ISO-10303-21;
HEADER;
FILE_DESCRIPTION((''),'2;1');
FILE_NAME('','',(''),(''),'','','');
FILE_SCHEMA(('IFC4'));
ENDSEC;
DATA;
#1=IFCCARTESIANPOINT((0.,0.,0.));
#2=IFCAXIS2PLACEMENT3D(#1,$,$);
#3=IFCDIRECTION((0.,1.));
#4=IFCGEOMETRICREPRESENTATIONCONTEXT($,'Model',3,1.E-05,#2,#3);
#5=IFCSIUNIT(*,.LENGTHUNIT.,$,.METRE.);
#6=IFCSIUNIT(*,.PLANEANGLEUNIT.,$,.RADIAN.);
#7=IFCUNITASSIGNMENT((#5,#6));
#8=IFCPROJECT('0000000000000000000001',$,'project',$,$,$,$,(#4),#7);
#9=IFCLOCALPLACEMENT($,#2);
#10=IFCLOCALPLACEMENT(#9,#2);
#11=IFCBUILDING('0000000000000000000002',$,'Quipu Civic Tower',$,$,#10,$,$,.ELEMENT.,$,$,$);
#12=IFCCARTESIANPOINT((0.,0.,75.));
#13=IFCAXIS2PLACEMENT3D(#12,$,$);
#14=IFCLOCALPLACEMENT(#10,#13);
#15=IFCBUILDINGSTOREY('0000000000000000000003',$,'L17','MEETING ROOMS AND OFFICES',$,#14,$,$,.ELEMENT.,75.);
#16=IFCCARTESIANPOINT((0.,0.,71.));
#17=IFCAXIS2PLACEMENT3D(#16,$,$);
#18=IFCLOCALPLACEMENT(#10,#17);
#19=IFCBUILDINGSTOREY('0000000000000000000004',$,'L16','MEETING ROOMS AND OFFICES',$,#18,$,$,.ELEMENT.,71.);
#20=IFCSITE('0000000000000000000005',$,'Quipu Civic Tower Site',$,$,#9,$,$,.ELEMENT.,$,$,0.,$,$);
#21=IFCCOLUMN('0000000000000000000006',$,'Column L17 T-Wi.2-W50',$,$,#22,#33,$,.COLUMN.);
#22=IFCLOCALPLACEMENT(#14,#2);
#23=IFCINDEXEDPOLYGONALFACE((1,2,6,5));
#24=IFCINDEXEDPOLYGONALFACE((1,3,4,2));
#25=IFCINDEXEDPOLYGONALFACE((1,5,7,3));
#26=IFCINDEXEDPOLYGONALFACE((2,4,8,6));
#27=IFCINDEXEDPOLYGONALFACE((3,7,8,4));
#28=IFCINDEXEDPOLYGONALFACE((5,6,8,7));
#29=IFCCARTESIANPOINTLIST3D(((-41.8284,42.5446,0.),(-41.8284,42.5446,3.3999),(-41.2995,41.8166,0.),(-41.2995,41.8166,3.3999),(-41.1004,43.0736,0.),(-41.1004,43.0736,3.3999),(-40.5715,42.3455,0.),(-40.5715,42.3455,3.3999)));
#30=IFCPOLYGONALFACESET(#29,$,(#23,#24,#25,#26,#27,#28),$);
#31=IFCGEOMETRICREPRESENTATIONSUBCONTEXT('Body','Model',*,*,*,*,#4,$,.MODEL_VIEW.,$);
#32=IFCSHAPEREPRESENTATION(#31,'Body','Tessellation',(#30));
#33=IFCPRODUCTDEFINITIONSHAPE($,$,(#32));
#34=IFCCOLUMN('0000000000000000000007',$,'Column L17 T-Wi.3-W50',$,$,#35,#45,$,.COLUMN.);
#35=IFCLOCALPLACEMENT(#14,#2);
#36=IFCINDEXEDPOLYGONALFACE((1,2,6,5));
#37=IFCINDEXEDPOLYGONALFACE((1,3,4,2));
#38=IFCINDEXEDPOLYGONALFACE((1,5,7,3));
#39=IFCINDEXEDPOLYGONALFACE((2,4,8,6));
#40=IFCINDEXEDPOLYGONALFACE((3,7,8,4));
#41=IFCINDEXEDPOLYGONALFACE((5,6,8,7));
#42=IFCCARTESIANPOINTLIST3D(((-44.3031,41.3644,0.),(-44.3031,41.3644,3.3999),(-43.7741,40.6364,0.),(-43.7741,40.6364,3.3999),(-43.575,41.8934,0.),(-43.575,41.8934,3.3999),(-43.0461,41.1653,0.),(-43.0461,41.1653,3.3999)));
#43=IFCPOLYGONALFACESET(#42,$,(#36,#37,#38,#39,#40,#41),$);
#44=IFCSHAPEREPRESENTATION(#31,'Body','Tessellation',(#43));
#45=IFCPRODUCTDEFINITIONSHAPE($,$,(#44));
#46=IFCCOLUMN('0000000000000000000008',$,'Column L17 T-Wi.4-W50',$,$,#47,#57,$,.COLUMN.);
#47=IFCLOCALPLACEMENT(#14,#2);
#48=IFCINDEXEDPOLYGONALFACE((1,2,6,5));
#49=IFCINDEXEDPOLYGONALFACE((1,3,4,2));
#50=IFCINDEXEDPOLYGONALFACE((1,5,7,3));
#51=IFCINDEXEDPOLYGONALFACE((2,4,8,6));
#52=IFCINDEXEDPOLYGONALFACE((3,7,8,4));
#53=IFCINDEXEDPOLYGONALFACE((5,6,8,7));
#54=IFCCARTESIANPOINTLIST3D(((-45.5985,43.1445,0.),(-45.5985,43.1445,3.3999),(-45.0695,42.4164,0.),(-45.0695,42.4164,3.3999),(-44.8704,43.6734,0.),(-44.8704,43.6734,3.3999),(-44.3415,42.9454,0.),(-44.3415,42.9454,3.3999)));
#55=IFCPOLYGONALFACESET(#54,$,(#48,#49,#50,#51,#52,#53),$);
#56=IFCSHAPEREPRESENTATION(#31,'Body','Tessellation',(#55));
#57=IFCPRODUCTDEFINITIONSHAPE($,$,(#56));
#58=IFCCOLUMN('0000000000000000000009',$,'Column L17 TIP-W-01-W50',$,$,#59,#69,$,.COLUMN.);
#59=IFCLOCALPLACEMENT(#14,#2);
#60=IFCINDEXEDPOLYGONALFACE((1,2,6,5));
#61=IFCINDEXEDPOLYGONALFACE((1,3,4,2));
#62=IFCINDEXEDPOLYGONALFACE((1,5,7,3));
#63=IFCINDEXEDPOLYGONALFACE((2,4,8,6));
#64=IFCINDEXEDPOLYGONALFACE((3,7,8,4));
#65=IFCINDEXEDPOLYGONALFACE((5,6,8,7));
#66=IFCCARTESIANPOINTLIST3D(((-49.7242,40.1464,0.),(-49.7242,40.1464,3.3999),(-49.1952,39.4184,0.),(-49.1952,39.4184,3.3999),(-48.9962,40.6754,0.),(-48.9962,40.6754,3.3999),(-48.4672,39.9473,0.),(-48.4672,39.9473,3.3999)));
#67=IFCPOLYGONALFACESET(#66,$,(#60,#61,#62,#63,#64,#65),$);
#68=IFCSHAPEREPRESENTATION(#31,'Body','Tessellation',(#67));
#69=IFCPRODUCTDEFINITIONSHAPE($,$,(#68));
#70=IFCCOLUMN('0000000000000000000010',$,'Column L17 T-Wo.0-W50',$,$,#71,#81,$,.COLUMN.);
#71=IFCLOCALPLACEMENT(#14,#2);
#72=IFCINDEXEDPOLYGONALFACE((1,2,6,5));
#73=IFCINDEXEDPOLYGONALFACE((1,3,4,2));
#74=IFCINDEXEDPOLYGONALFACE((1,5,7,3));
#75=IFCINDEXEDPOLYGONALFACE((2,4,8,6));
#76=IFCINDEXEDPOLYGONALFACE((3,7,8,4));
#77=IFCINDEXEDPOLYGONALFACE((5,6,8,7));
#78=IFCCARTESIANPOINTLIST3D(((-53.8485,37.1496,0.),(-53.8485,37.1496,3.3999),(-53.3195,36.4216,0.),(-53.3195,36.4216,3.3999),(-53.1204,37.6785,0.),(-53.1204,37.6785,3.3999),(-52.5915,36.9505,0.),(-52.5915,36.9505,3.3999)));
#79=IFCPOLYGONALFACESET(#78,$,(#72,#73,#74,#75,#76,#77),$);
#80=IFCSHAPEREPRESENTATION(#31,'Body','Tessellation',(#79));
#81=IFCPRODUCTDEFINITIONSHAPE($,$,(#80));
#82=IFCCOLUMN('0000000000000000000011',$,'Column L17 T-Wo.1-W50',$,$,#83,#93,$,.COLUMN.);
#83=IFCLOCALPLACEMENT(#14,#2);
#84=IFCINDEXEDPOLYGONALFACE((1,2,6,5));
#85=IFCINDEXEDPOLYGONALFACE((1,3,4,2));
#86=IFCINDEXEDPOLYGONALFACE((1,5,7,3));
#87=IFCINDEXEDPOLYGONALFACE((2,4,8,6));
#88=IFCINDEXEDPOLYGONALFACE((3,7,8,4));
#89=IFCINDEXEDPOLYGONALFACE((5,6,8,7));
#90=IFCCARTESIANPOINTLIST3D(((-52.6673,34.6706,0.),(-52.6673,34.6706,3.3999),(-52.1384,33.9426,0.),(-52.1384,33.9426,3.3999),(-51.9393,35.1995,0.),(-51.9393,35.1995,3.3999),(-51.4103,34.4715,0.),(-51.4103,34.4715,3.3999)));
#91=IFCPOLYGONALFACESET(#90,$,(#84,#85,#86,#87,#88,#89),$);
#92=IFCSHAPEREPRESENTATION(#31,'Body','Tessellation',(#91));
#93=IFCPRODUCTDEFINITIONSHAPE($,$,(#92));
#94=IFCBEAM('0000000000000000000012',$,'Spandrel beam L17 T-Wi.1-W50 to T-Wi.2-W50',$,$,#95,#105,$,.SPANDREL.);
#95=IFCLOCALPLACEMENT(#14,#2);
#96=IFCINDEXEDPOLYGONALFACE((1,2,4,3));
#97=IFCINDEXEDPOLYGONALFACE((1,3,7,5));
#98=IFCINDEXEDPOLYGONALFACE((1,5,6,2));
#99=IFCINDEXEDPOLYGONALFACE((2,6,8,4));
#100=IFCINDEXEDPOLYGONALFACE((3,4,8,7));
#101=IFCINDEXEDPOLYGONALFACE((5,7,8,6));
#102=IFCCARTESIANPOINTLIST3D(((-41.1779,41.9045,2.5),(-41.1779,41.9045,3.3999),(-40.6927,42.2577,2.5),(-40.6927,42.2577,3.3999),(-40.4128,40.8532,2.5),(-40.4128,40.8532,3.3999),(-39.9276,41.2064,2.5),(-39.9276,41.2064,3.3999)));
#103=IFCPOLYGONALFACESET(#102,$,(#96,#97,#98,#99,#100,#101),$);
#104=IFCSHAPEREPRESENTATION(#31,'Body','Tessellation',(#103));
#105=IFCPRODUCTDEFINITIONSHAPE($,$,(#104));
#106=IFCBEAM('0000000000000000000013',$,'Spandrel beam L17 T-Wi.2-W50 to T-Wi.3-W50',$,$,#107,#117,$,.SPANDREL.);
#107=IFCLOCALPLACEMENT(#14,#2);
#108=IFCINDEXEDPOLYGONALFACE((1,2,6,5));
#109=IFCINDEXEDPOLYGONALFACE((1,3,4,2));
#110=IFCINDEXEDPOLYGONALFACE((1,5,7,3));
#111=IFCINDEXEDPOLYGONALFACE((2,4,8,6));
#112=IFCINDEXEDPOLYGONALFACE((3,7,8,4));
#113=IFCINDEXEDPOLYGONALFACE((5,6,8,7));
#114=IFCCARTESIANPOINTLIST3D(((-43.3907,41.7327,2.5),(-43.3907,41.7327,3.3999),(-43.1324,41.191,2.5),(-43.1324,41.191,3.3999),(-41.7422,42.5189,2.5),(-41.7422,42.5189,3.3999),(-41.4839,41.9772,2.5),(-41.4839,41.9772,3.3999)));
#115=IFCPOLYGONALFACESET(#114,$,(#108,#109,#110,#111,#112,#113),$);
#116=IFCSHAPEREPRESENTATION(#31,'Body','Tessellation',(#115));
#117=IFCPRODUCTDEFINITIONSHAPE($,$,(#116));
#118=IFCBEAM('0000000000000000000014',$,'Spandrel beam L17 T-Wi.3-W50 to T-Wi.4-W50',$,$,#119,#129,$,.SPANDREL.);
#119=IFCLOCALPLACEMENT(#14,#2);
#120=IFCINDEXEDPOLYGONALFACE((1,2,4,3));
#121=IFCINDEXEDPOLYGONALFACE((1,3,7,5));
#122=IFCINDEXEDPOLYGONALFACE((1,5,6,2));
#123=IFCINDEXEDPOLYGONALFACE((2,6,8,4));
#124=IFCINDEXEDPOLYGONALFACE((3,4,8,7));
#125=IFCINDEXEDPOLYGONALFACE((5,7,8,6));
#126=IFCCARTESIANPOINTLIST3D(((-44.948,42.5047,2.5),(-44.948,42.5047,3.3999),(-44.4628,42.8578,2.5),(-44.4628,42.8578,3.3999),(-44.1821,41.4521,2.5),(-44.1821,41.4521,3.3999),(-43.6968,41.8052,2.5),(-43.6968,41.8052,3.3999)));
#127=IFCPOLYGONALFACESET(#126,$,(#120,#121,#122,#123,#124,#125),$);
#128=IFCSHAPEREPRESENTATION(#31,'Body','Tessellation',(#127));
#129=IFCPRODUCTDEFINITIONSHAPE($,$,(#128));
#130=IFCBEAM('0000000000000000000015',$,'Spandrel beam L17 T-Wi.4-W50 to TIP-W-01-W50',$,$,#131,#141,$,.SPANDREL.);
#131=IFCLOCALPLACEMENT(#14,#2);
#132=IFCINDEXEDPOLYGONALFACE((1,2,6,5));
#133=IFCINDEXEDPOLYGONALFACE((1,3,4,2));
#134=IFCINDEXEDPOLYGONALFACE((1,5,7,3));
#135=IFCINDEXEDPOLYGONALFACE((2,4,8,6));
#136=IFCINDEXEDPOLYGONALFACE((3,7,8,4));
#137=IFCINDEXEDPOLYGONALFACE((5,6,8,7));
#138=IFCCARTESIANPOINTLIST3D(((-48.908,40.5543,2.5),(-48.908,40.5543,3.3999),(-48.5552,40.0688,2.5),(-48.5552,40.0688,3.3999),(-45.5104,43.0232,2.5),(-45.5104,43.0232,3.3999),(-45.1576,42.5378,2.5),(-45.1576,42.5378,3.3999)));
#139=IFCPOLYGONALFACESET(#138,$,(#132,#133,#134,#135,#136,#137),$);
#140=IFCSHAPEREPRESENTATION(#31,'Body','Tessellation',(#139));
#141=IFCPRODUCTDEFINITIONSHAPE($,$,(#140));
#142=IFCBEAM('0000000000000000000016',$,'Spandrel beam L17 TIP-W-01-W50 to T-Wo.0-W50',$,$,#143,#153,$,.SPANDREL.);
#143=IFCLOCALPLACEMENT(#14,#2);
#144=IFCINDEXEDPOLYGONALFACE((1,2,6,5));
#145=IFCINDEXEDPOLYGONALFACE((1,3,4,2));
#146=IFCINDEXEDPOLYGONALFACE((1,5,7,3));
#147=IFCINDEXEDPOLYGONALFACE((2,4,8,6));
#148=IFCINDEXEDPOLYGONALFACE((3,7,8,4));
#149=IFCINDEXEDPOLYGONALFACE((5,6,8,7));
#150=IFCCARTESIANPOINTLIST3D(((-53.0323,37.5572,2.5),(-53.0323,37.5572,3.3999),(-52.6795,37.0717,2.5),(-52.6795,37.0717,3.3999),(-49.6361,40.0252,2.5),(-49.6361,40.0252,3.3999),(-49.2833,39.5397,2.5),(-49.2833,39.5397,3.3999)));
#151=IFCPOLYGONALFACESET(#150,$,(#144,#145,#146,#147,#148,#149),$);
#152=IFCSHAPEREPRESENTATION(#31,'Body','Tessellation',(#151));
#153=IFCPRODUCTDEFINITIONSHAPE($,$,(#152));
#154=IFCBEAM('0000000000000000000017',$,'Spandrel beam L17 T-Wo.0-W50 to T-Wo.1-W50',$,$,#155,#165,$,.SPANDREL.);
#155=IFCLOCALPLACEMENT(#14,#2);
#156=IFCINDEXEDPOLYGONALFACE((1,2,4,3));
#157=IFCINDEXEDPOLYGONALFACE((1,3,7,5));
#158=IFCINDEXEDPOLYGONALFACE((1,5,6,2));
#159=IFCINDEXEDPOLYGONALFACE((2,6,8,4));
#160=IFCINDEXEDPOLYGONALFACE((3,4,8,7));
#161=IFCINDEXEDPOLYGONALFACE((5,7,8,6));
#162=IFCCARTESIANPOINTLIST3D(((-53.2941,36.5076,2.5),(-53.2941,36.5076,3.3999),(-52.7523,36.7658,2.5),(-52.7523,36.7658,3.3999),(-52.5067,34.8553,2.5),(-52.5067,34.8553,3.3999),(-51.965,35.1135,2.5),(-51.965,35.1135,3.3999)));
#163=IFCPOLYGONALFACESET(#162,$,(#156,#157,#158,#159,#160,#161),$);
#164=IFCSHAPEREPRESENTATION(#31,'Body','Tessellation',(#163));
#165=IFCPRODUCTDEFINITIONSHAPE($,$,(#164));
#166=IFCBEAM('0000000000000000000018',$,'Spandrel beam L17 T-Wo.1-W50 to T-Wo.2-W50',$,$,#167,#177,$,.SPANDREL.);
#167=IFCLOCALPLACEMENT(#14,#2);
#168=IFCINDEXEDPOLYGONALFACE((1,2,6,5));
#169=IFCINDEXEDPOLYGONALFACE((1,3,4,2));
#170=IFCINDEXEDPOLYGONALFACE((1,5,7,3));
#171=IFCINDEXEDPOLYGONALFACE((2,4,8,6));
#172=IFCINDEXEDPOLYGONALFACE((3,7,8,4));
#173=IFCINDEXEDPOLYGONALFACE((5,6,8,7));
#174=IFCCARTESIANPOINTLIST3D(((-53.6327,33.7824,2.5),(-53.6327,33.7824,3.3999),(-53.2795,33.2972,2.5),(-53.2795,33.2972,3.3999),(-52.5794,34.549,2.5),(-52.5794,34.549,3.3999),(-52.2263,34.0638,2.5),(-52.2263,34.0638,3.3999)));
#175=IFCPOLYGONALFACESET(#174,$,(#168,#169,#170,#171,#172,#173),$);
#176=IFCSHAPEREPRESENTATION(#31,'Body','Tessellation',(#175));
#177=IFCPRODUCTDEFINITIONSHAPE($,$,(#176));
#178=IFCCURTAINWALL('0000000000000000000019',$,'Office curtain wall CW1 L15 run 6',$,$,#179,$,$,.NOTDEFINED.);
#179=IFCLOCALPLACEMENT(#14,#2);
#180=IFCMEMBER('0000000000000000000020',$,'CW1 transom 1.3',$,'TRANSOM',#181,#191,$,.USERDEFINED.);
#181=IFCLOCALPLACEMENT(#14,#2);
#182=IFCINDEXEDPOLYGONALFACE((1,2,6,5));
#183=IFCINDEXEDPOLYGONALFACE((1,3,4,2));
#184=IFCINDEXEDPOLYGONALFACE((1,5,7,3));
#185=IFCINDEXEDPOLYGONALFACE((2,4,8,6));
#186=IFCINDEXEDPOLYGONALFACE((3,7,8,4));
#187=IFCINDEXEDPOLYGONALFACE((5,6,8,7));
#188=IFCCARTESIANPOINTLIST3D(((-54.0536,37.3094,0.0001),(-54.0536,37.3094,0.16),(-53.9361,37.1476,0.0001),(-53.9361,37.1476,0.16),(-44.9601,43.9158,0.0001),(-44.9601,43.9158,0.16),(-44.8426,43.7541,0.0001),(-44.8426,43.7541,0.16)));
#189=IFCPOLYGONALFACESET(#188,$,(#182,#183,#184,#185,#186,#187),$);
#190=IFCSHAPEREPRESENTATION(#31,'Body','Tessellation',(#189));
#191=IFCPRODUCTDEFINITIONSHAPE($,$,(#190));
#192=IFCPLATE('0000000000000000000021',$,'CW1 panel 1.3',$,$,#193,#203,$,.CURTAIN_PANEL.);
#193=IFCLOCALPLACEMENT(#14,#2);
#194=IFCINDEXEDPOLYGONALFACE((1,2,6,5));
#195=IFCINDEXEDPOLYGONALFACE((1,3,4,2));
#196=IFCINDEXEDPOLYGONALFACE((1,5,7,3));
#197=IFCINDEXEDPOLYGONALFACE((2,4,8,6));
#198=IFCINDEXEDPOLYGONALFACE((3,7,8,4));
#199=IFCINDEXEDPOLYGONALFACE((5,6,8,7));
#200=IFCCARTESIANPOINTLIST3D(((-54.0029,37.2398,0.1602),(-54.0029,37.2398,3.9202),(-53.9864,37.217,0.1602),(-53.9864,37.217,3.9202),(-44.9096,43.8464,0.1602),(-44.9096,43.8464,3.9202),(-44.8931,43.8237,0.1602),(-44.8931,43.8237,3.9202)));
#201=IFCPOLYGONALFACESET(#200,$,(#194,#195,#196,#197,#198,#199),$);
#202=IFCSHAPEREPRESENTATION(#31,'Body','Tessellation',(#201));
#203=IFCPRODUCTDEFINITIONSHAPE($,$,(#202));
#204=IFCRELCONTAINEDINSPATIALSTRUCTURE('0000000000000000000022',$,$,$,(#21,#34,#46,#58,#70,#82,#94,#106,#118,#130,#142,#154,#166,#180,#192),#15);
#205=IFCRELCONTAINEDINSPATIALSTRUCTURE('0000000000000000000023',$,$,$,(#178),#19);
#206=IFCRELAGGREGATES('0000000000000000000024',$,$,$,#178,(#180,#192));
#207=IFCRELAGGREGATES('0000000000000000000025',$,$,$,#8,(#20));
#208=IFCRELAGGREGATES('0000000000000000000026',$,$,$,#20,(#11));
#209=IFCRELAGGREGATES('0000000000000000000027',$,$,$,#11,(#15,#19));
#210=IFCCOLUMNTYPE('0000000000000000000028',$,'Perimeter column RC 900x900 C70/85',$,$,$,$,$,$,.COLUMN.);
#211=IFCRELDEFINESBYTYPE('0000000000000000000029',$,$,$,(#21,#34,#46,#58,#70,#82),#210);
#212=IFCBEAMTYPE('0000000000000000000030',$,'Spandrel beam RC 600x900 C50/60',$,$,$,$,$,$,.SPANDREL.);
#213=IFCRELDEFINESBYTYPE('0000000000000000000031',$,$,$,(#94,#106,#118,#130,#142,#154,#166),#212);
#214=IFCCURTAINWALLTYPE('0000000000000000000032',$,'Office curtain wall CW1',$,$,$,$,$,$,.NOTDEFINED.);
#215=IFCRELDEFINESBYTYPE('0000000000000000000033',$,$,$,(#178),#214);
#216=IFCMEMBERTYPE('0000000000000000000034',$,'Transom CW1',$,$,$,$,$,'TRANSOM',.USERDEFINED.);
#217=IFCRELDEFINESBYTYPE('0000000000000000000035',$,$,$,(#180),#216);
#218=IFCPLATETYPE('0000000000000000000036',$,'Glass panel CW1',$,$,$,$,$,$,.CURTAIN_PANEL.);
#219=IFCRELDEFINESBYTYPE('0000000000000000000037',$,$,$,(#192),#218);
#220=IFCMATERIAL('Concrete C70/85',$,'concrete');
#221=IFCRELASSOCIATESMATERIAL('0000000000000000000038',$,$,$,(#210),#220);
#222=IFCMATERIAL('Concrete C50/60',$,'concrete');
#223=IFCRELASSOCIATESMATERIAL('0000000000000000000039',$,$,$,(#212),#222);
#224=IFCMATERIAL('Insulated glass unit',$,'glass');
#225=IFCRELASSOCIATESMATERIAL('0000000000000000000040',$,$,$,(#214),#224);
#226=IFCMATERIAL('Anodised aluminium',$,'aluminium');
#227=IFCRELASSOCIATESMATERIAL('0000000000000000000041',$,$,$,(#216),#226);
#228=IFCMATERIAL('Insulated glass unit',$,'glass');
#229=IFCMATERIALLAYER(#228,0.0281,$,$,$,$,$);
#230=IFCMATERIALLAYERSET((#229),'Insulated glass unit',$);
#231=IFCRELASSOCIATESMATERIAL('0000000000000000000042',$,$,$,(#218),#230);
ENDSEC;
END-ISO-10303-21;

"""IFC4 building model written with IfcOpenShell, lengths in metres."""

from ifc_helpers import new_model, si_unit, direction, frame, origin, origin_2d, place, context, subcontext, project, spatial, rectangle, extrude, material, layer, layer_set, material_profile, profile_set, type_object, element, aggregate, save


model = new_model("IFC4")

# Units and contexts
model_context = context("Model", 3, precision=1e-05, world=origin(), true_north=direction((0.0, 1.0)))
body_context = subcontext(model_context, "Body", "Model", "MODEL_VIEW")
ifc_project = project(units=[si_unit("LENGTHUNIT", "METRE"), si_unit("PLANEANGLEUNIT", "RADIAN")], contexts=[model_context])

# Site, building, storey
site_placement = place(None, origin())
site = spatial("IfcSite", under=ifc_project, at=site_placement, Name="Quipu Civic Tower Site", CompositionType="ELEMENT", RefElevation=0.0)
building_placement = place(site_placement, origin())
building = spatial("IfcBuilding", under=site, at=building_placement, Name="Quipu Civic Tower", CompositionType="ELEMENT")
storey_1_placement = place(building_placement, frame((0.0, 0.0, 75.0)))
storey_1 = spatial("IfcBuildingStorey", under=building, at=storey_1_placement, Name="L17", Description="MEETING ROOMS AND OFFICES", CompositionType="ELEMENT", Elevation=75.0)

# Columns
ifc_material_1 = material(Name="Concrete C70/85", Category="concrete")
ifc_material_profile_1 = material_profile(ifc_material_1, rectangle(XDim=0.8999, YDim=0.8999, at=origin_2d()), Name="RC900x900")
ifc_profile_set_1 = profile_set([ifc_material_profile_1], Name="Concrete C70/85")
column_type = type_object("IfcColumnType", Name="Perimeter column RC 900x900 C70/85", PredefinedType="COLUMN", material=ifc_profile_set_1)
for number, where, z_axis, x_axis, name in (
    (1, (-41.2, 42.4451, 0.0), (0.0, 0.0, 1.0), (-0.587785, 0.809017, 0.0), "Column L17 T-Wi.2-W50"),
    (2, (-43.6746, 41.2649, 0.0), (0.0, 0.0, 1.0), (-0.809017, -0.587785, 0.0), "Column L17 T-Wi.3-W50"),
    (3, (-44.97, 43.0449, 0.0), (0.0, 0.0, 1.0), (-0.809017, -0.587785, 0.0), "Column L17 T-Wi.4-W50"),
    (4, (-49.0957, 40.0469, 0.0), (0.0, 0.0, 1.0), (-0.809017, -0.587785, 0.0), "Column L17 TIP-W-01-W50"),
    (5, (-53.22, 37.05, 0.0), (0.0, 0.0, 1.0), (0.587785, -0.809017, 0.0), "Column L17 T-Wo.0-W50"),
    (6, (-52.0388, 34.571, 0.0), (0.0, 0.0, 1.0), (-0.809017, -0.587785, 0.0), "Column L17 T-Wo.1-W50"),
):
    element("IfcColumn", number, at=place(storey_1_placement, frame(where, z_axis=z_axis, x_axis=x_axis)), inside=storey_1, type_object=column_type, Name=name, PredefinedType="COLUMN", context=body_context, shape_type="SweptSolid", body=[
        extrude(rectangle(XDim=0.8999, YDim=0.8999, at=origin_2d()), origin(), (0.0, 0.0, 1.0), 3.3999),
    ])

# Beams
ifc_material_2 = material(Name="Concrete C50/60", Category="concrete")
ifc_material_profile_2 = material_profile(ifc_material_2, rectangle(XDim=0.6001, YDim=0.8999, at=origin_2d()), Name="RC600x900")
ifc_profile_set_2 = profile_set([ifc_material_profile_2], Name="Concrete C50/60")
beam_type = type_object("IfcBeamType", Name="Spandrel beam RC 600x900 C50/60", PredefinedType="SPANDREL", material=ifc_profile_set_2)
beam_1_placement = place(storey_1_placement, frame((-40.1702, 41.0298, 2.95), z_axis=(-0.588462, 0.808525, 0.0), x_axis=(-0.808525, -0.588462, 0.0)))
element("IfcBeam", 7, at=beam_1_placement, inside=storey_1, type_object=beam_type, Name="Spandrel beam L17 T-Wi.1-W50 to T-Wi.2-W50", PredefinedType="SPANDREL", context=body_context, shape_type="SweptSolid", body=[
    extrude(rectangle(XDim=0.6001, YDim=0.8999, at=origin_2d()), origin(), (0.0, 0.0, 1.0), 1.3003),
])
beam_2_placement = place(storey_1_placement, frame((-41.613, 42.248, 2.95), z_axis=(-0.902613, -0.430452, 0.0), x_axis=(0.430452, -0.902613, 0.0)))
element("IfcBeam", 8, at=beam_2_placement, inside=storey_1, type_object=beam_type, Name="Spandrel beam L17 T-Wi.2-W50 to T-Wi.3-W50", PredefinedType="SPANDREL", context=body_context, shape_type="SweptSolid", body=[
    extrude(rectangle(XDim=0.6001, YDim=0.8999, at=origin_2d()), origin(), (0.0, 0.0, 1.0), 1.8264),
])
beam_3_placement = place(storey_1_placement, frame((-43.9395, 41.6287, 2.95), z_axis=(-0.588384, 0.808582, 0.0), x_axis=(-0.808582, -0.588384, 0.0)))
element("IfcBeam", 9, at=beam_3_placement, inside=storey_1, type_object=beam_type, Name="Spandrel beam L17 T-Wi.3-W50 to T-Wi.4-W50", PredefinedType="SPANDREL", context=body_context, shape_type="SweptSolid", body=[
    extrude(rectangle(XDim=0.6001, YDim=0.8999, at=origin_2d()), origin(), (0.0, 0.0, 1.0), 1.3018),
])
beam_4_placement = place(storey_1_placement, frame((-45.334, 42.7805, 2.95), z_axis=(-0.80897, -0.58785, 0.0), x_axis=(0.58785, -0.80897, 0.0)))
element("IfcBeam", 10, at=beam_4_placement, inside=storey_1, type_object=beam_type, Name="Spandrel beam L17 T-Wi.4-W50 to TIP-W-01-W50", PredefinedType="SPANDREL", context=body_context, shape_type="SweptSolid", body=[
    extrude(rectangle(XDim=0.6001, YDim=0.8999, at=origin_2d()), origin(), (0.0, 0.0, 1.0), 4.2),
])
beam_5_placement = place(storey_1_placement, frame((-49.4597, 39.7825, 2.95), z_axis=(-0.80896, -0.587864, 0.0), x_axis=(0.587864, -0.80896, 0.0)))
element("IfcBeam", 11, at=beam_5_placement, inside=storey_1, type_object=beam_type, Name="Spandrel beam L17 TIP-W-01-W50 to T-Wo.0-W50", PredefinedType="SPANDREL", context=body_context, shape_type="SweptSolid", body=[
    extrude(rectangle(XDim=0.6001, YDim=0.8999, at=origin_2d()), origin(), (0.0, 0.0, 1.0), 4.1982),
])
beam_6_placement = place(storey_1_placement, frame((-53.0232, 36.6367, 2.95), z_axis=(0.430167, -0.90275, 0.0), x_axis=(0.90275, 0.430167, 0.0)))
element("IfcBeam", 12, at=beam_6_placement, inside=storey_1, type_object=beam_type, Name="Spandrel beam L17 T-Wo.0-W50 to T-Wo.1-W50", PredefinedType="SPANDREL", context=body_context, shape_type="SweptSolid", body=[
    extrude(rectangle(XDim=0.6001, YDim=0.8999, at=origin_2d()), origin(), (0.0, 0.0, 1.0), 1.8303),
])
beam_7_placement = place(storey_1_placement, frame((-52.4028, 34.3064, 2.95), z_axis=(-0.808509, -0.588484, 0.0), x_axis=(0.588484, -0.808509, 0.0)))
element("IfcBeam", 13, at=beam_7_placement, inside=storey_1, type_object=beam_type, Name="Spandrel beam L17 T-Wo.1-W50 to T-Wo.2-W50", PredefinedType="SPANDREL", context=body_context, shape_type="SweptSolid", body=[
    extrude(rectangle(XDim=0.6001, YDim=0.8999, at=origin_2d()), origin(), (0.0, 0.0, 1.0), 1.3027),
])

# Shared definitions
storey_2_placement = place(building_placement, frame((0.0, 0.0, 71.0)))
storey_2 = spatial("IfcBuildingStorey", under=building, at=storey_2_placement, Name="L16", Description="MEETING ROOMS AND OFFICES", CompositionType="ELEMENT", Elevation=71.0)

# Curtain wall, member, plate
ifc_material_3 = material(Name="Insulated glass unit", Category="glass")
curtain_wall_type = type_object("IfcCurtainWallType", Name="Office curtain wall CW1", PredefinedType="NOTDEFINED", material=ifc_material_3)
curtain_wall_placement = place(storey_2_placement, origin())
curtain_wall = element("IfcCurtainWall", 14, at=curtain_wall_placement, inside=storey_2, type_object=curtain_wall_type, Name="Office curtain wall CW1 L15 run 6", PredefinedType="NOTDEFINED")
ifc_material_4 = material(Name="Anodised aluminium", Category="aluminium")
ifc_material_profile_3 = material_profile(ifc_material_4, rectangle(XDim=0.2, YDim=0.1599, at=origin_2d()), Name="RECT 200x160")
ifc_profile_set_3 = profile_set([ifc_material_profile_3], Name="Anodised aluminium")
member_type = type_object("IfcMemberType", Name="Transom CW1", ElementType="TRANSOM", PredefinedType="USERDEFINED", material=ifc_profile_set_3)
member_placement = place(storey_1_placement, frame((-44.9014, 43.835, 0.0801), z_axis=(-0.809033, -0.587764, 0.0), x_axis=(0.587764, -0.809033, 0.0)))
member = element("IfcMember", 15, at=member_placement, inside=storey_1, type_object=member_type, Name="CW1 transom 1.3", ObjectType="TRANSOM", PredefinedType="USERDEFINED", context=body_context, shape_type="SweptSolid", body=[
    extrude(rectangle(XDim=0.2, YDim=0.1599, at=origin_2d()), origin(), (0.0, 0.0, 1.0), 11.24),
])
ifc_material_5 = material(Name="Insulated glass unit", Category="glass")
ifc_layer_1 = layer(ifc_material_5, 0.0281)
ifc_layer_set_1 = layer_set([ifc_layer_1], Name="Insulated glass unit")
plate_type_1 = type_object("IfcPlateType", Name="Glass panel CW1", PredefinedType="CURTAIN_PANEL", material=ifc_layer_set_1)
plate_placement = place(storey_1_placement, frame((-49.448, 40.5317, 0.1602), z_axis=(0.0, 0.0, 1.0), x_axis=(-0.809019, -0.587782, 0.0)))
plate = element("IfcPlate", 16, at=plate_placement, inside=storey_1, type_object=plate_type_1, Name="CW1 panel 1.3", PredefinedType="CURTAIN_PANEL", context=body_context, shape_type="SweptSolid", body=[
    extrude(rectangle(XDim=11.24, YDim=0.0281, at=origin_2d()), origin(), (0.0, 0.0, 1.0), 3.76),
])
aggregate(curtain_wall, [member, plate])

save(model, "model.ifc")
